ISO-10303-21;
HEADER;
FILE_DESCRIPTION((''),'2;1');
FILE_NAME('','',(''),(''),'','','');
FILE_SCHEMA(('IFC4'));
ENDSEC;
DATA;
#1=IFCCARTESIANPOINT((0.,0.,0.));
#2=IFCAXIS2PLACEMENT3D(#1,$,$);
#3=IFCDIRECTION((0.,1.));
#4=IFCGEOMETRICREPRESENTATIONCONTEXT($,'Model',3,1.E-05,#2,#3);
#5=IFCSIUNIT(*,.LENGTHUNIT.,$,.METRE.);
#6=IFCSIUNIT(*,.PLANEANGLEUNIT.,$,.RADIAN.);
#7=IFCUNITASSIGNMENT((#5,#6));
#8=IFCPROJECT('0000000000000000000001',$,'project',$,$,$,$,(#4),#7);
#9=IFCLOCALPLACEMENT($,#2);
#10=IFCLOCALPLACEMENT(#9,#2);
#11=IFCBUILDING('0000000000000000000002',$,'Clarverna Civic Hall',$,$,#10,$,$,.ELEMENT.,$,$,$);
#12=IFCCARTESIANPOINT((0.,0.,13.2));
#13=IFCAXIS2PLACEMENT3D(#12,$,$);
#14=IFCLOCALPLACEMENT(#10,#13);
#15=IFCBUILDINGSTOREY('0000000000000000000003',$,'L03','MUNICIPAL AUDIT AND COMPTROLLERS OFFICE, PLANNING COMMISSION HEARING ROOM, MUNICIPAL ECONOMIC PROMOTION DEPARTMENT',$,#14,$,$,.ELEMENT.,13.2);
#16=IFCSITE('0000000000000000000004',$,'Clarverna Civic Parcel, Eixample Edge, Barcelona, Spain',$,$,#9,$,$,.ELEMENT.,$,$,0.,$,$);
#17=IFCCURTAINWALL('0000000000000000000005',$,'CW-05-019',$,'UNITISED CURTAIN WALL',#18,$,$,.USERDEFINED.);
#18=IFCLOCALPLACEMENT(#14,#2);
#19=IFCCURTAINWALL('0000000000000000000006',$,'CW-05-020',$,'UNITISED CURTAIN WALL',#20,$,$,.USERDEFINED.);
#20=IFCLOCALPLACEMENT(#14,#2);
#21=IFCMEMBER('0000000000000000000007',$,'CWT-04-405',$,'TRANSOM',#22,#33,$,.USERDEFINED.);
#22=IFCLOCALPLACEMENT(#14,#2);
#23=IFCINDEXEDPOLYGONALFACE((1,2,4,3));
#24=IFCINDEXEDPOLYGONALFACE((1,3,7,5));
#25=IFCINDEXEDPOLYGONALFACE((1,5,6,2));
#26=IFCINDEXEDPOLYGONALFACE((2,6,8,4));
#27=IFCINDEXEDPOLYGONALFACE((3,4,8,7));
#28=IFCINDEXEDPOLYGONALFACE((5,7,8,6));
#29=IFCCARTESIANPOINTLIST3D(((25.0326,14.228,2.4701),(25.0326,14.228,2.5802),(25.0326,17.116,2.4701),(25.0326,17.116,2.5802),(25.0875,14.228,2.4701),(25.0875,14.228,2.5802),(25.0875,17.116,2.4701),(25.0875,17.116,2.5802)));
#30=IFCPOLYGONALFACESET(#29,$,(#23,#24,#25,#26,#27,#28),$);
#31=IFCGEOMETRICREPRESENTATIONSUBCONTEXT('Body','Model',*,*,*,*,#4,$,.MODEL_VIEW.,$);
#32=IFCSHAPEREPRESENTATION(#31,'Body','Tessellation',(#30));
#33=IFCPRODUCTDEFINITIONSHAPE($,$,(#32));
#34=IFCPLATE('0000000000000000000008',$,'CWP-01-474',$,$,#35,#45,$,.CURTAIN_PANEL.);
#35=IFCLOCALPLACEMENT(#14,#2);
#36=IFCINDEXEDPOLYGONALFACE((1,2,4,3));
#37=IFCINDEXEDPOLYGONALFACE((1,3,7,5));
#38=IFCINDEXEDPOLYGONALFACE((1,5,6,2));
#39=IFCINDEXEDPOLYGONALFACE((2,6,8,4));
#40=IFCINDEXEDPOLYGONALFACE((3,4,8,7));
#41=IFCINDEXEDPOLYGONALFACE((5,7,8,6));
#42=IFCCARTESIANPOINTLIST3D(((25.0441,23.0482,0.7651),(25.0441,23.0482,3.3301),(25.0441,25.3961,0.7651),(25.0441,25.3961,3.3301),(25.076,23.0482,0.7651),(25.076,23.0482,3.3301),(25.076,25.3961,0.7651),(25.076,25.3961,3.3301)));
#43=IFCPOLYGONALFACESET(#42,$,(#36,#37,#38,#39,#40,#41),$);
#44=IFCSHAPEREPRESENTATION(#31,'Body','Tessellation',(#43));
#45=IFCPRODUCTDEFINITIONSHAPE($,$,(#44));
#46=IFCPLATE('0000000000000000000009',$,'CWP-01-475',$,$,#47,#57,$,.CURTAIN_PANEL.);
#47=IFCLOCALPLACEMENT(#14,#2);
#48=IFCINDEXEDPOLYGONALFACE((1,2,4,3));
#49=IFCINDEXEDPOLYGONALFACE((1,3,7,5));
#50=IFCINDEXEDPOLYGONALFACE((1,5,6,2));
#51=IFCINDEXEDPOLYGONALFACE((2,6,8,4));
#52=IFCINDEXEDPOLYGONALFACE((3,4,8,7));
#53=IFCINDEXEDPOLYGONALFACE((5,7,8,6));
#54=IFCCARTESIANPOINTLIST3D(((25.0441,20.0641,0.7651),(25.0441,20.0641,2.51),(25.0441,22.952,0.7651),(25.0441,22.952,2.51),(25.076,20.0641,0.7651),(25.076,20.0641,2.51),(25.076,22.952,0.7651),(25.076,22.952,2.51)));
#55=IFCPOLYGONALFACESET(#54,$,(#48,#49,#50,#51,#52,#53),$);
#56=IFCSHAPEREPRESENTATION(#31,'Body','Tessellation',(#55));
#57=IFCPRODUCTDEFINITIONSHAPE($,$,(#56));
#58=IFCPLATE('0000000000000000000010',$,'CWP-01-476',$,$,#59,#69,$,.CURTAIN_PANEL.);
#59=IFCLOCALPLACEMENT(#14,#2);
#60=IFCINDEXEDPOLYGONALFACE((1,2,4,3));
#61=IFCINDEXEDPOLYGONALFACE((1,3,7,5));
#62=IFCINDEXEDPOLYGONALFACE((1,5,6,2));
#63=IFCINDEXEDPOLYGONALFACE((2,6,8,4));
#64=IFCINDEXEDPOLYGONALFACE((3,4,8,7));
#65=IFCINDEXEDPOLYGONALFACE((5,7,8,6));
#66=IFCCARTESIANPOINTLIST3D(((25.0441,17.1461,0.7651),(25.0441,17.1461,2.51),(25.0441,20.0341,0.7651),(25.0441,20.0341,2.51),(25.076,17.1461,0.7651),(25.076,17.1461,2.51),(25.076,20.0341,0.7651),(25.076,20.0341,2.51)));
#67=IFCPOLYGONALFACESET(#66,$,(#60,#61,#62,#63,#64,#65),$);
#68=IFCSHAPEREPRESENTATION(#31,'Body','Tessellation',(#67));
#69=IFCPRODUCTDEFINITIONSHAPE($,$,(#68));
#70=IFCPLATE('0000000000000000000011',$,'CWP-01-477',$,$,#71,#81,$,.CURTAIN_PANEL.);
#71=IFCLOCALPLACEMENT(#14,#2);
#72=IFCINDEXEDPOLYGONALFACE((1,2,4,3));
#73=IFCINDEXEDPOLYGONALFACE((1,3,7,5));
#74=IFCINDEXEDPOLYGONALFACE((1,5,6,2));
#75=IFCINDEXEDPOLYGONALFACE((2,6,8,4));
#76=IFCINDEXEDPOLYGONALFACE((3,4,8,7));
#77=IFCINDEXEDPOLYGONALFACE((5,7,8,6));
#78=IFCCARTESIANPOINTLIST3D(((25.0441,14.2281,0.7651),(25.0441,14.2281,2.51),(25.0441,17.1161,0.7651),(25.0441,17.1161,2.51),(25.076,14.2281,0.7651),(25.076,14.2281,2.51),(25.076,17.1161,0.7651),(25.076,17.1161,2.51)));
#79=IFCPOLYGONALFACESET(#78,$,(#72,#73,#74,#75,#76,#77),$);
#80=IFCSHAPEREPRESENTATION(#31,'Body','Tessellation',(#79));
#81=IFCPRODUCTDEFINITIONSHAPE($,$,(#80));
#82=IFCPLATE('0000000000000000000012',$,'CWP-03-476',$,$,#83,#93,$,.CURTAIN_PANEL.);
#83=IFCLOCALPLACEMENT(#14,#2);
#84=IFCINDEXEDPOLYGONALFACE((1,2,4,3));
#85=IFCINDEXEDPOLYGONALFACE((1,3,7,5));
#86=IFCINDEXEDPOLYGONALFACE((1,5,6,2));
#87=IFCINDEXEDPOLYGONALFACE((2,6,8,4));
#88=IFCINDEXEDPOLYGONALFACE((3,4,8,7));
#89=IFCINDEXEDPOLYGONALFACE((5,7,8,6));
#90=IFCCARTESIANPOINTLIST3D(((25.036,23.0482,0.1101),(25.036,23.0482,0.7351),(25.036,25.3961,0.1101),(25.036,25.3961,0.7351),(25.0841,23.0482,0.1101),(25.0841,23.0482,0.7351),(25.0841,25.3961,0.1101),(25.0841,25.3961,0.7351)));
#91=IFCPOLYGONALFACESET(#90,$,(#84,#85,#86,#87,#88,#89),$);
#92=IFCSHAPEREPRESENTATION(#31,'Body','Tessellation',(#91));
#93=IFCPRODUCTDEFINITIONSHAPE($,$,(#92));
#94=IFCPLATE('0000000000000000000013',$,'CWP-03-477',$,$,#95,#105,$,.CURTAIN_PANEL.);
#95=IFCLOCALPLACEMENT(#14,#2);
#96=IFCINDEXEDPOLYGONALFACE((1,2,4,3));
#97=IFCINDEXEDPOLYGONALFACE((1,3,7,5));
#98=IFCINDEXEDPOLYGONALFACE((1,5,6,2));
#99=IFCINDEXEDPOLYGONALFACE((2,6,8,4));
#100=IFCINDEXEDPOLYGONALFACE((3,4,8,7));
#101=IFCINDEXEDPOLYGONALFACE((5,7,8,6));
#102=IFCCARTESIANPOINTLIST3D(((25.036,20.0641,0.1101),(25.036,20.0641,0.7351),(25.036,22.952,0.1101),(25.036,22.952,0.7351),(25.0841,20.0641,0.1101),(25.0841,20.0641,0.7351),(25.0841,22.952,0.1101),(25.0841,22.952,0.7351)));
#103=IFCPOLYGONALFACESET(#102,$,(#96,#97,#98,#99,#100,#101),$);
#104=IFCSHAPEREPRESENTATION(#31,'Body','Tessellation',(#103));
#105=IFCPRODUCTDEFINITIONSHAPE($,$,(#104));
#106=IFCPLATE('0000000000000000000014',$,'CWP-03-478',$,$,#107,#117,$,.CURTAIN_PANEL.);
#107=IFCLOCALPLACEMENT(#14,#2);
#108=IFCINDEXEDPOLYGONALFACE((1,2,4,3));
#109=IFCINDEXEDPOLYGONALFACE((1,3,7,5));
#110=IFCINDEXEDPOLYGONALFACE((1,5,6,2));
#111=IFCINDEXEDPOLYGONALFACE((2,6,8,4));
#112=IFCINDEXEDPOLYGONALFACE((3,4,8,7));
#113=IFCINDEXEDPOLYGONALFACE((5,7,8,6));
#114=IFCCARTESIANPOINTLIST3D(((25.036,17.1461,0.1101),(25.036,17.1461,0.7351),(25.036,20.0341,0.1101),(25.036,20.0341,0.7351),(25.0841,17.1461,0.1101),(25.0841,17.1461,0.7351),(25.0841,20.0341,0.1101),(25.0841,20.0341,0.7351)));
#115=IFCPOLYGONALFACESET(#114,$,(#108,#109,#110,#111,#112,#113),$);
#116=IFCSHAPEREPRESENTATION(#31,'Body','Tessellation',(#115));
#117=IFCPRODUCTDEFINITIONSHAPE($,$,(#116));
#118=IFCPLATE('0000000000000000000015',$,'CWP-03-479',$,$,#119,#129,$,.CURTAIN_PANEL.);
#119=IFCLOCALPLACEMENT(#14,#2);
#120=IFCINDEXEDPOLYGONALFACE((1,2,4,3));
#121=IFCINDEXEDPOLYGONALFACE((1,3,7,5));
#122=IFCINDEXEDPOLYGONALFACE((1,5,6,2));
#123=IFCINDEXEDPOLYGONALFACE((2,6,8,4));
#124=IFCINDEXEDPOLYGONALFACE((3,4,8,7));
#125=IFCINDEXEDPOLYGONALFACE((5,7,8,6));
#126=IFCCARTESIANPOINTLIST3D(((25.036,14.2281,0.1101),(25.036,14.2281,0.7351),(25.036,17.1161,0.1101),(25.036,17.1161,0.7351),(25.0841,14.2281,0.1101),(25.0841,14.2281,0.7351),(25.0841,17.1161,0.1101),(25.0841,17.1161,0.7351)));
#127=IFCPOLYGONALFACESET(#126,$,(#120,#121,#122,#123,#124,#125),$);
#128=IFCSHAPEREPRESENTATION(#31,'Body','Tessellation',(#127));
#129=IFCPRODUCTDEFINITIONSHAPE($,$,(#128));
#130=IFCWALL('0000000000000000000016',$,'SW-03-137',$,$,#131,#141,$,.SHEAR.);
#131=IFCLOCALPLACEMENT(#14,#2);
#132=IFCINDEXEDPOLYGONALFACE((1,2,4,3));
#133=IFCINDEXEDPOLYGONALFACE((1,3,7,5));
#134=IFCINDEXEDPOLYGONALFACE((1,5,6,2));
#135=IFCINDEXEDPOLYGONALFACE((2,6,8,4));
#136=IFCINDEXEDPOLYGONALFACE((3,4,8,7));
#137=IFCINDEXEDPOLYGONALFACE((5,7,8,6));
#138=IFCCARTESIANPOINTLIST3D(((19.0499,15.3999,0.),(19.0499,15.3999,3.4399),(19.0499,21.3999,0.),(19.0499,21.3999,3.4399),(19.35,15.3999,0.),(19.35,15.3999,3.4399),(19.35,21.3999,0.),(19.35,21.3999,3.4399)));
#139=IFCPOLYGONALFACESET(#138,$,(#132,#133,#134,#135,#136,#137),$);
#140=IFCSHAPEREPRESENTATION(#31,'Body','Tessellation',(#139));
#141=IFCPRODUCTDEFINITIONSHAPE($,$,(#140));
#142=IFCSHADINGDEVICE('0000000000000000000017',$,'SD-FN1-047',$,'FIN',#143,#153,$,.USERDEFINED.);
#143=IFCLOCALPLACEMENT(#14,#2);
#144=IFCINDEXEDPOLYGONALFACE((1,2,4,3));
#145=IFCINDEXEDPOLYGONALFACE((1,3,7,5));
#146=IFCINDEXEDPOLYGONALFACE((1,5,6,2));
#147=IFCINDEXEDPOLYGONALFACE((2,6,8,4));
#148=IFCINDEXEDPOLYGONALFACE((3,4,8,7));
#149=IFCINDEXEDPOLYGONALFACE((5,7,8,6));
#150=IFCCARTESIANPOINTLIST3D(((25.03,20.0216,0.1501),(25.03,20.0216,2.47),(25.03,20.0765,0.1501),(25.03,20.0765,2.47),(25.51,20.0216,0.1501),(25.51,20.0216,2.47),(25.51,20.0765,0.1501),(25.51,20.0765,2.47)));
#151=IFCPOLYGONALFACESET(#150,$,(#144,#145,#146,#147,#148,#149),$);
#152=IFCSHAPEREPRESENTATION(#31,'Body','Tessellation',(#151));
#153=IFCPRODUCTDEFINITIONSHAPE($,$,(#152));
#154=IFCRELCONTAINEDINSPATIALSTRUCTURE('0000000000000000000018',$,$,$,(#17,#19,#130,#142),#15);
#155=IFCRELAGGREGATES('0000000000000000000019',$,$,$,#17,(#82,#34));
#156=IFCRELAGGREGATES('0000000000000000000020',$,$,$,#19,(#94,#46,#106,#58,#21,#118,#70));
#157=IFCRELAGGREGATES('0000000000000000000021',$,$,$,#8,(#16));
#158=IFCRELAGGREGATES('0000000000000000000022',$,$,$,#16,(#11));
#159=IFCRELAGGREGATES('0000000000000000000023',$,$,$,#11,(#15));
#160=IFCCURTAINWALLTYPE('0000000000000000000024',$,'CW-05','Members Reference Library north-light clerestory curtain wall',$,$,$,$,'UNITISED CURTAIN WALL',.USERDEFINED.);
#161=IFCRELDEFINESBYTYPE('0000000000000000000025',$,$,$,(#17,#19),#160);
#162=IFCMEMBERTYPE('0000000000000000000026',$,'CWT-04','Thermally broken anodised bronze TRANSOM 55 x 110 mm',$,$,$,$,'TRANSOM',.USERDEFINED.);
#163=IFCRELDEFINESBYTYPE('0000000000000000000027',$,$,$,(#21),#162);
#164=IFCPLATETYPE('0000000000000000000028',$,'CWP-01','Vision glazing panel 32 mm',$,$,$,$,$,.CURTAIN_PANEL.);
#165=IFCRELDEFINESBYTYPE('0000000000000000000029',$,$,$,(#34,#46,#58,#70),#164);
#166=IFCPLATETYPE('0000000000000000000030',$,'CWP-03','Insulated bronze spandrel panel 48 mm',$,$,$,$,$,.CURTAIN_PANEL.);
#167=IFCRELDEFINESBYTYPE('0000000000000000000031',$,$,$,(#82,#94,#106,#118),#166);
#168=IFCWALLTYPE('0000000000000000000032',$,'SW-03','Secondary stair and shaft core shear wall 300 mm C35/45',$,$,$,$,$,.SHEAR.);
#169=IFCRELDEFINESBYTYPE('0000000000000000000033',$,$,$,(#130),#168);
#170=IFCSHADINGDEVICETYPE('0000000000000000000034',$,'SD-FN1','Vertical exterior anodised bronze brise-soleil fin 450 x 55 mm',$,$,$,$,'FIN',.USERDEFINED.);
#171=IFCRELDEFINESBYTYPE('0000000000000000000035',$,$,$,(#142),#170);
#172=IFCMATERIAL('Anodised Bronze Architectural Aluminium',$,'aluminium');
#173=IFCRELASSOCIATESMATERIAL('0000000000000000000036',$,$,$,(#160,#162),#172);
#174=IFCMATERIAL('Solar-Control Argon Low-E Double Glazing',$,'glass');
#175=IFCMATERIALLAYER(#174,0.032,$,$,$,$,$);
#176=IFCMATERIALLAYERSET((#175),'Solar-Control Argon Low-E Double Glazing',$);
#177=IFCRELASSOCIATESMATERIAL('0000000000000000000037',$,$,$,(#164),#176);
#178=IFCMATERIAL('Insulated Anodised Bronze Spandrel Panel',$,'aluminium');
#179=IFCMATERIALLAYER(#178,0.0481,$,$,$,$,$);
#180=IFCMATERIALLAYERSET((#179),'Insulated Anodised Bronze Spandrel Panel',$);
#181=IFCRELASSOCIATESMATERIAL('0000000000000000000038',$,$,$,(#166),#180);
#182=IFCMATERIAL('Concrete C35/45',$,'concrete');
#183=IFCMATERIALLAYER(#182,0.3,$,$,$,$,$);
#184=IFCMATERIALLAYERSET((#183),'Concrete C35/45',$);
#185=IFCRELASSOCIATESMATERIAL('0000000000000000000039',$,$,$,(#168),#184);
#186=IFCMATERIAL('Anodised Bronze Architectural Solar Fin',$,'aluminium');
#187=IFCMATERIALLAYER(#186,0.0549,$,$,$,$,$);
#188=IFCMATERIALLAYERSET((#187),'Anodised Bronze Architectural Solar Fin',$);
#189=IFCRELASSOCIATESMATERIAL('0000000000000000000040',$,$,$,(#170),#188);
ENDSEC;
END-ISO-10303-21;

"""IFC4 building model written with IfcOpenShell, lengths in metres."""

from ifc_helpers import new_model, si_unit, direction, frame, frame_2d, origin, origin_2d, place, context, subcontext, project, spatial, rectangle, extrude, material, layer, layer_set, material_profile, profile_set, type_object, element, aggregate, save


model = new_model("IFC4")

# Units and contexts
model_context = context("Model", 3, precision=1e-05, world=origin(), true_north=direction((0.0, 1.0)))
body_context = subcontext(model_context, "Body", "Model", "MODEL_VIEW")
ifc_project = project(units=[si_unit("LENGTHUNIT", "METRE"), si_unit("PLANEANGLEUNIT", "RADIAN")], contexts=[model_context])

# Site, building, storey
site_placement = place(None, origin())
site = spatial("IfcSite", under=ifc_project, at=site_placement, Name="Clarverna Civic Parcel, Eixample Edge, Barcelona, Spain", CompositionType="ELEMENT", RefElevation=0.0)
building_placement = place(site_placement, origin())
building = spatial("IfcBuilding", under=site, at=building_placement, Name="Clarverna Civic Hall", CompositionType="ELEMENT")
storey_placement = place(building_placement, frame((0.0, 0.0, 13.2)))
storey = spatial("IfcBuildingStorey", under=building, at=storey_placement, Name="L03", Description="MUNICIPAL AUDIT AND COMPTROLLERS OFFICE, PLANNING COMMISSION HEARING ROOM, MUNICIPAL ECONOMIC PROMOTION DEPARTMENT", CompositionType="ELEMENT", Elevation=13.2)

# Curtain walls
ifc_material_1 = material(Name="Anodised Bronze Architectural Aluminium", Category="aluminium")
curtain_wall_type = type_object("IfcCurtainWallType", Name="CW-05", Description="Members Reference Library north-light clerestory curtain wall", ElementType="UNITISED CURTAIN WALL", PredefinedType="USERDEFINED", material=ifc_material_1)
curtain_wall_1_placement = place(storey_placement, origin())
curtain_wall_1 = element("IfcCurtainWall", 1, at=curtain_wall_1_placement, inside=storey, type_object=curtain_wall_type, Name="CW-05-019", ObjectType="UNITISED CURTAIN WALL", PredefinedType="USERDEFINED")
curtain_wall_2_placement = place(storey_placement, origin())
curtain_wall_2 = element("IfcCurtainWall", 2, at=curtain_wall_2_placement, inside=storey, type_object=curtain_wall_type, Name="CW-05-020", ObjectType="UNITISED CURTAIN WALL", PredefinedType="USERDEFINED")

# Member
ifc_material_profile_1 = material_profile(ifc_material_1, rectangle(XDim=0.0549, YDim=0.1101, at=origin_2d()), Name="BRONZE 55x110")
ifc_profile_set_1 = profile_set([ifc_material_profile_1], Name="Anodised Bronze Architectural Aluminium")
member_type_1 = type_object("IfcMemberType", Name="CWT-04", Description="Thermally broken anodised bronze TRANSOM 55 x 110 mm", ElementType="TRANSOM", PredefinedType="USERDEFINED", material=ifc_profile_set_1)
member_1_placement = place(storey_placement, frame((25.0601, 17.116, 2.5251), z_axis=(0.0, -1.0, 0.0), x_axis=(1.0, 0.0, 0.0)))
member_1 = element("IfcMember", 3, at=member_1_placement, type_object=member_type_1, Name="CWT-04-405", ObjectType="TRANSOM", PredefinedType="USERDEFINED", context=body_context, shape_type="SweptSolid", body=[
    extrude(rectangle(XDim=0.0549, YDim=0.1101, at=origin_2d()), origin(), (0.0, 0.0, 1.0), 2.8879),
])

# Plates
ifc_material_2 = material(Name="Solar-Control Argon Low-E Double Glazing", Category="glass")
ifc_layer_1 = layer(ifc_material_2, 0.032)
ifc_layer_set_1 = layer_set([ifc_layer_1], Name="Solar-Control Argon Low-E Double Glazing")
plate_type_1 = type_object("IfcPlateType", Name="CWP-01", Description="Vision glazing panel 32 mm", PredefinedType="CURTAIN_PANEL", material=ifc_layer_set_1)
plate_1_placement = place(storey_placement, frame((25.0601, 25.396, 0.7651), z_axis=(0.0, 0.0, 1.0), x_axis=(0.0, -1.0, 0.0)))
plate_1 = element("IfcPlate", 4, at=plate_1_placement, type_object=plate_type_1, Name="CWP-01-474", PredefinedType="CURTAIN_PANEL", context=body_context, shape_type="SweptSolid", body=[
    extrude(rectangle(XDim=2.3479, YDim=0.032, at=frame_2d((1.1738, 0.0))), origin(), (0.0, 0.0, 1.0), 2.5649),
])
plate_2_placement = place(storey_placement, frame((25.0601, 22.9519, 0.7651), z_axis=(0.0, 0.0, 1.0), x_axis=(0.0, -1.0, 0.0)))
plate_2 = element("IfcPlate", 5, at=plate_2_placement, type_object=plate_type_1, Name="CWP-01-475", PredefinedType="CURTAIN_PANEL", context=body_context, shape_type="SweptSolid", body=[
    extrude(rectangle(XDim=2.8879, YDim=0.032, at=frame_2d((1.4438, 0.0))), origin(), (0.0, 0.0, 1.0), 1.7449),
])
plate_3_placement = place(storey_placement, frame((25.0601, 20.0339, 0.7651), z_axis=(0.0, 0.0, 1.0), x_axis=(0.0, -1.0, 0.0)))
plate_3 = element("IfcPlate", 6, at=plate_3_placement, type_object=plate_type_1, Name="CWP-01-476", PredefinedType="CURTAIN_PANEL", context=body_context, shape_type="SweptSolid", body=[
    extrude(rectangle(XDim=2.8879, YDim=0.032, at=frame_2d((1.4438, 0.0))), origin(), (0.0, 0.0, 1.0), 1.7449),
])
plate_4_placement = place(storey_placement, frame((25.0601, 17.116, 0.7651), z_axis=(0.0, 0.0, 1.0), x_axis=(0.0, -1.0, 0.0)))
plate_4 = element("IfcPlate", 7, at=plate_4_placement, type_object=plate_type_1, Name="CWP-01-477", PredefinedType="CURTAIN_PANEL", context=body_context, shape_type="SweptSolid", body=[
    extrude(rectangle(XDim=2.8879, YDim=0.032, at=frame_2d((1.4438, 0.0))), origin(), (0.0, 0.0, 1.0), 1.7449),
])
ifc_material_3 = material(Name="Insulated Anodised Bronze Spandrel Panel", Category="aluminium")
ifc_layer_2 = layer(ifc_material_3, 0.0481)
ifc_layer_set_2 = layer_set([ifc_layer_2], Name="Insulated Anodised Bronze Spandrel Panel")
plate_type_2 = type_object("IfcPlateType", Name="CWP-03", Description="Insulated bronze spandrel panel 48 mm", PredefinedType="CURTAIN_PANEL", material=ifc_layer_set_2)
plate_5_placement = place(storey_placement, frame((25.0601, 25.396, 0.1101), z_axis=(0.0, 0.0, 1.0), x_axis=(0.0, -1.0, 0.0)))
plate_5 = element("IfcPlate", 8, at=plate_5_placement, type_object=plate_type_2, Name="CWP-03-476", PredefinedType="CURTAIN_PANEL", context=body_context, shape_type="SweptSolid", body=[
    extrude(rectangle(XDim=2.3479, YDim=0.0481, at=frame_2d((1.1738, 0.0))), origin(), (0.0, 0.0, 1.0), 0.625),
])
aggregate(curtain_wall_1, [plate_5, plate_1])
plate_6_placement = place(storey_placement, frame((25.0601, 22.9519, 0.1101), z_axis=(0.0, 0.0, 1.0), x_axis=(0.0, -1.0, 0.0)))
plate_6 = element("IfcPlate", 9, at=plate_6_placement, type_object=plate_type_2, Name="CWP-03-477", PredefinedType="CURTAIN_PANEL", context=body_context, shape_type="SweptSolid", body=[
    extrude(rectangle(XDim=2.8879, YDim=0.0481, at=frame_2d((1.4438, 0.0))), origin(), (0.0, 0.0, 1.0), 0.625),
])
plate_7_placement = place(storey_placement, frame((25.0601, 20.0339, 0.1101), z_axis=(0.0, 0.0, 1.0), x_axis=(0.0, -1.0, 0.0)))
plate_7 = element("IfcPlate", 10, at=plate_7_placement, type_object=plate_type_2, Name="CWP-03-478", PredefinedType="CURTAIN_PANEL", context=body_context, shape_type="SweptSolid", body=[
    extrude(rectangle(XDim=2.8879, YDim=0.0481, at=frame_2d((1.4438, 0.0))), origin(), (0.0, 0.0, 1.0), 0.625),
])
plate_8_placement = place(storey_placement, frame((25.0601, 17.116, 0.1101), z_axis=(0.0, 0.0, 1.0), x_axis=(0.0, -1.0, 0.0)))
plate_8 = element("IfcPlate", 11, at=plate_8_placement, type_object=plate_type_2, Name="CWP-03-479", PredefinedType="CURTAIN_PANEL", context=body_context, shape_type="SweptSolid", body=[
    extrude(rectangle(XDim=2.8879, YDim=0.0481, at=frame_2d((1.4438, 0.0))), origin(), (0.0, 0.0, 1.0), 0.625),
])
aggregate(curtain_wall_2, [plate_6, plate_2, plate_7, plate_3, member_1, plate_8, plate_4])

# Wall
ifc_material_4 = material(Name="Concrete C35/45", Category="concrete")
ifc_layer_3 = layer(ifc_material_4, 0.3)
ifc_layer_set_3 = layer_set([ifc_layer_3], Name="Concrete C35/45")
wall_type = type_object("IfcWallType", Name="SW-03", Description="Secondary stair and shaft core shear wall 300 mm C35/45", PredefinedType="SHEAR", material=ifc_layer_set_3)
wall_placement = place(storey_placement, frame((19.2, 15.3999, 0.0), z_axis=(0.0, 0.0, 1.0), x_axis=(0.0, 1.0, 0.0)))
element("IfcWall", 12, at=wall_placement, inside=storey, type_object=wall_type, Name="SW-03-137", PredefinedType="SHEAR", context=body_context, shape_type="SweptSolid", body=[
    extrude(rectangle(XDim=6.0, YDim=0.3, at=frame_2d((3.0, 0.0))), origin(), (0.0, 0.0, 1.0), 3.4399),
])

# Shading device
ifc_material_5 = material(Name="Anodised Bronze Architectural Solar Fin", Category="aluminium")
ifc_layer_4 = layer(ifc_material_5, 0.0549)
ifc_layer_set_4 = layer_set([ifc_layer_4], Name="Anodised Bronze Architectural Solar Fin")
shading_device_type = type_object("IfcShadingDeviceType", Name="SD-FN1", Description="Vertical exterior anodised bronze brise-soleil fin 450 x 55 mm", ElementType="FIN", PredefinedType="USERDEFINED", material=ifc_layer_set_4)
shading_device_placement = place(storey_placement, frame((25.03, 20.0491, 0.1501), z_axis=(0.0, 0.0, 1.0), x_axis=(1.0, 0.0, 0.0)))
element("IfcShadingDevice", 13, at=shading_device_placement, inside=storey, type_object=shading_device_type, Name="SD-FN1-047", ObjectType="FIN", PredefinedType="USERDEFINED", context=body_context, shape_type="SweptSolid", body=[
    extrude(rectangle(XDim=0.48, YDim=0.0549, at=frame_2d((0.24, 0.0))), origin(), (0.0, 0.0, 1.0), 2.3198),
])

save(model, "model.ifc")
